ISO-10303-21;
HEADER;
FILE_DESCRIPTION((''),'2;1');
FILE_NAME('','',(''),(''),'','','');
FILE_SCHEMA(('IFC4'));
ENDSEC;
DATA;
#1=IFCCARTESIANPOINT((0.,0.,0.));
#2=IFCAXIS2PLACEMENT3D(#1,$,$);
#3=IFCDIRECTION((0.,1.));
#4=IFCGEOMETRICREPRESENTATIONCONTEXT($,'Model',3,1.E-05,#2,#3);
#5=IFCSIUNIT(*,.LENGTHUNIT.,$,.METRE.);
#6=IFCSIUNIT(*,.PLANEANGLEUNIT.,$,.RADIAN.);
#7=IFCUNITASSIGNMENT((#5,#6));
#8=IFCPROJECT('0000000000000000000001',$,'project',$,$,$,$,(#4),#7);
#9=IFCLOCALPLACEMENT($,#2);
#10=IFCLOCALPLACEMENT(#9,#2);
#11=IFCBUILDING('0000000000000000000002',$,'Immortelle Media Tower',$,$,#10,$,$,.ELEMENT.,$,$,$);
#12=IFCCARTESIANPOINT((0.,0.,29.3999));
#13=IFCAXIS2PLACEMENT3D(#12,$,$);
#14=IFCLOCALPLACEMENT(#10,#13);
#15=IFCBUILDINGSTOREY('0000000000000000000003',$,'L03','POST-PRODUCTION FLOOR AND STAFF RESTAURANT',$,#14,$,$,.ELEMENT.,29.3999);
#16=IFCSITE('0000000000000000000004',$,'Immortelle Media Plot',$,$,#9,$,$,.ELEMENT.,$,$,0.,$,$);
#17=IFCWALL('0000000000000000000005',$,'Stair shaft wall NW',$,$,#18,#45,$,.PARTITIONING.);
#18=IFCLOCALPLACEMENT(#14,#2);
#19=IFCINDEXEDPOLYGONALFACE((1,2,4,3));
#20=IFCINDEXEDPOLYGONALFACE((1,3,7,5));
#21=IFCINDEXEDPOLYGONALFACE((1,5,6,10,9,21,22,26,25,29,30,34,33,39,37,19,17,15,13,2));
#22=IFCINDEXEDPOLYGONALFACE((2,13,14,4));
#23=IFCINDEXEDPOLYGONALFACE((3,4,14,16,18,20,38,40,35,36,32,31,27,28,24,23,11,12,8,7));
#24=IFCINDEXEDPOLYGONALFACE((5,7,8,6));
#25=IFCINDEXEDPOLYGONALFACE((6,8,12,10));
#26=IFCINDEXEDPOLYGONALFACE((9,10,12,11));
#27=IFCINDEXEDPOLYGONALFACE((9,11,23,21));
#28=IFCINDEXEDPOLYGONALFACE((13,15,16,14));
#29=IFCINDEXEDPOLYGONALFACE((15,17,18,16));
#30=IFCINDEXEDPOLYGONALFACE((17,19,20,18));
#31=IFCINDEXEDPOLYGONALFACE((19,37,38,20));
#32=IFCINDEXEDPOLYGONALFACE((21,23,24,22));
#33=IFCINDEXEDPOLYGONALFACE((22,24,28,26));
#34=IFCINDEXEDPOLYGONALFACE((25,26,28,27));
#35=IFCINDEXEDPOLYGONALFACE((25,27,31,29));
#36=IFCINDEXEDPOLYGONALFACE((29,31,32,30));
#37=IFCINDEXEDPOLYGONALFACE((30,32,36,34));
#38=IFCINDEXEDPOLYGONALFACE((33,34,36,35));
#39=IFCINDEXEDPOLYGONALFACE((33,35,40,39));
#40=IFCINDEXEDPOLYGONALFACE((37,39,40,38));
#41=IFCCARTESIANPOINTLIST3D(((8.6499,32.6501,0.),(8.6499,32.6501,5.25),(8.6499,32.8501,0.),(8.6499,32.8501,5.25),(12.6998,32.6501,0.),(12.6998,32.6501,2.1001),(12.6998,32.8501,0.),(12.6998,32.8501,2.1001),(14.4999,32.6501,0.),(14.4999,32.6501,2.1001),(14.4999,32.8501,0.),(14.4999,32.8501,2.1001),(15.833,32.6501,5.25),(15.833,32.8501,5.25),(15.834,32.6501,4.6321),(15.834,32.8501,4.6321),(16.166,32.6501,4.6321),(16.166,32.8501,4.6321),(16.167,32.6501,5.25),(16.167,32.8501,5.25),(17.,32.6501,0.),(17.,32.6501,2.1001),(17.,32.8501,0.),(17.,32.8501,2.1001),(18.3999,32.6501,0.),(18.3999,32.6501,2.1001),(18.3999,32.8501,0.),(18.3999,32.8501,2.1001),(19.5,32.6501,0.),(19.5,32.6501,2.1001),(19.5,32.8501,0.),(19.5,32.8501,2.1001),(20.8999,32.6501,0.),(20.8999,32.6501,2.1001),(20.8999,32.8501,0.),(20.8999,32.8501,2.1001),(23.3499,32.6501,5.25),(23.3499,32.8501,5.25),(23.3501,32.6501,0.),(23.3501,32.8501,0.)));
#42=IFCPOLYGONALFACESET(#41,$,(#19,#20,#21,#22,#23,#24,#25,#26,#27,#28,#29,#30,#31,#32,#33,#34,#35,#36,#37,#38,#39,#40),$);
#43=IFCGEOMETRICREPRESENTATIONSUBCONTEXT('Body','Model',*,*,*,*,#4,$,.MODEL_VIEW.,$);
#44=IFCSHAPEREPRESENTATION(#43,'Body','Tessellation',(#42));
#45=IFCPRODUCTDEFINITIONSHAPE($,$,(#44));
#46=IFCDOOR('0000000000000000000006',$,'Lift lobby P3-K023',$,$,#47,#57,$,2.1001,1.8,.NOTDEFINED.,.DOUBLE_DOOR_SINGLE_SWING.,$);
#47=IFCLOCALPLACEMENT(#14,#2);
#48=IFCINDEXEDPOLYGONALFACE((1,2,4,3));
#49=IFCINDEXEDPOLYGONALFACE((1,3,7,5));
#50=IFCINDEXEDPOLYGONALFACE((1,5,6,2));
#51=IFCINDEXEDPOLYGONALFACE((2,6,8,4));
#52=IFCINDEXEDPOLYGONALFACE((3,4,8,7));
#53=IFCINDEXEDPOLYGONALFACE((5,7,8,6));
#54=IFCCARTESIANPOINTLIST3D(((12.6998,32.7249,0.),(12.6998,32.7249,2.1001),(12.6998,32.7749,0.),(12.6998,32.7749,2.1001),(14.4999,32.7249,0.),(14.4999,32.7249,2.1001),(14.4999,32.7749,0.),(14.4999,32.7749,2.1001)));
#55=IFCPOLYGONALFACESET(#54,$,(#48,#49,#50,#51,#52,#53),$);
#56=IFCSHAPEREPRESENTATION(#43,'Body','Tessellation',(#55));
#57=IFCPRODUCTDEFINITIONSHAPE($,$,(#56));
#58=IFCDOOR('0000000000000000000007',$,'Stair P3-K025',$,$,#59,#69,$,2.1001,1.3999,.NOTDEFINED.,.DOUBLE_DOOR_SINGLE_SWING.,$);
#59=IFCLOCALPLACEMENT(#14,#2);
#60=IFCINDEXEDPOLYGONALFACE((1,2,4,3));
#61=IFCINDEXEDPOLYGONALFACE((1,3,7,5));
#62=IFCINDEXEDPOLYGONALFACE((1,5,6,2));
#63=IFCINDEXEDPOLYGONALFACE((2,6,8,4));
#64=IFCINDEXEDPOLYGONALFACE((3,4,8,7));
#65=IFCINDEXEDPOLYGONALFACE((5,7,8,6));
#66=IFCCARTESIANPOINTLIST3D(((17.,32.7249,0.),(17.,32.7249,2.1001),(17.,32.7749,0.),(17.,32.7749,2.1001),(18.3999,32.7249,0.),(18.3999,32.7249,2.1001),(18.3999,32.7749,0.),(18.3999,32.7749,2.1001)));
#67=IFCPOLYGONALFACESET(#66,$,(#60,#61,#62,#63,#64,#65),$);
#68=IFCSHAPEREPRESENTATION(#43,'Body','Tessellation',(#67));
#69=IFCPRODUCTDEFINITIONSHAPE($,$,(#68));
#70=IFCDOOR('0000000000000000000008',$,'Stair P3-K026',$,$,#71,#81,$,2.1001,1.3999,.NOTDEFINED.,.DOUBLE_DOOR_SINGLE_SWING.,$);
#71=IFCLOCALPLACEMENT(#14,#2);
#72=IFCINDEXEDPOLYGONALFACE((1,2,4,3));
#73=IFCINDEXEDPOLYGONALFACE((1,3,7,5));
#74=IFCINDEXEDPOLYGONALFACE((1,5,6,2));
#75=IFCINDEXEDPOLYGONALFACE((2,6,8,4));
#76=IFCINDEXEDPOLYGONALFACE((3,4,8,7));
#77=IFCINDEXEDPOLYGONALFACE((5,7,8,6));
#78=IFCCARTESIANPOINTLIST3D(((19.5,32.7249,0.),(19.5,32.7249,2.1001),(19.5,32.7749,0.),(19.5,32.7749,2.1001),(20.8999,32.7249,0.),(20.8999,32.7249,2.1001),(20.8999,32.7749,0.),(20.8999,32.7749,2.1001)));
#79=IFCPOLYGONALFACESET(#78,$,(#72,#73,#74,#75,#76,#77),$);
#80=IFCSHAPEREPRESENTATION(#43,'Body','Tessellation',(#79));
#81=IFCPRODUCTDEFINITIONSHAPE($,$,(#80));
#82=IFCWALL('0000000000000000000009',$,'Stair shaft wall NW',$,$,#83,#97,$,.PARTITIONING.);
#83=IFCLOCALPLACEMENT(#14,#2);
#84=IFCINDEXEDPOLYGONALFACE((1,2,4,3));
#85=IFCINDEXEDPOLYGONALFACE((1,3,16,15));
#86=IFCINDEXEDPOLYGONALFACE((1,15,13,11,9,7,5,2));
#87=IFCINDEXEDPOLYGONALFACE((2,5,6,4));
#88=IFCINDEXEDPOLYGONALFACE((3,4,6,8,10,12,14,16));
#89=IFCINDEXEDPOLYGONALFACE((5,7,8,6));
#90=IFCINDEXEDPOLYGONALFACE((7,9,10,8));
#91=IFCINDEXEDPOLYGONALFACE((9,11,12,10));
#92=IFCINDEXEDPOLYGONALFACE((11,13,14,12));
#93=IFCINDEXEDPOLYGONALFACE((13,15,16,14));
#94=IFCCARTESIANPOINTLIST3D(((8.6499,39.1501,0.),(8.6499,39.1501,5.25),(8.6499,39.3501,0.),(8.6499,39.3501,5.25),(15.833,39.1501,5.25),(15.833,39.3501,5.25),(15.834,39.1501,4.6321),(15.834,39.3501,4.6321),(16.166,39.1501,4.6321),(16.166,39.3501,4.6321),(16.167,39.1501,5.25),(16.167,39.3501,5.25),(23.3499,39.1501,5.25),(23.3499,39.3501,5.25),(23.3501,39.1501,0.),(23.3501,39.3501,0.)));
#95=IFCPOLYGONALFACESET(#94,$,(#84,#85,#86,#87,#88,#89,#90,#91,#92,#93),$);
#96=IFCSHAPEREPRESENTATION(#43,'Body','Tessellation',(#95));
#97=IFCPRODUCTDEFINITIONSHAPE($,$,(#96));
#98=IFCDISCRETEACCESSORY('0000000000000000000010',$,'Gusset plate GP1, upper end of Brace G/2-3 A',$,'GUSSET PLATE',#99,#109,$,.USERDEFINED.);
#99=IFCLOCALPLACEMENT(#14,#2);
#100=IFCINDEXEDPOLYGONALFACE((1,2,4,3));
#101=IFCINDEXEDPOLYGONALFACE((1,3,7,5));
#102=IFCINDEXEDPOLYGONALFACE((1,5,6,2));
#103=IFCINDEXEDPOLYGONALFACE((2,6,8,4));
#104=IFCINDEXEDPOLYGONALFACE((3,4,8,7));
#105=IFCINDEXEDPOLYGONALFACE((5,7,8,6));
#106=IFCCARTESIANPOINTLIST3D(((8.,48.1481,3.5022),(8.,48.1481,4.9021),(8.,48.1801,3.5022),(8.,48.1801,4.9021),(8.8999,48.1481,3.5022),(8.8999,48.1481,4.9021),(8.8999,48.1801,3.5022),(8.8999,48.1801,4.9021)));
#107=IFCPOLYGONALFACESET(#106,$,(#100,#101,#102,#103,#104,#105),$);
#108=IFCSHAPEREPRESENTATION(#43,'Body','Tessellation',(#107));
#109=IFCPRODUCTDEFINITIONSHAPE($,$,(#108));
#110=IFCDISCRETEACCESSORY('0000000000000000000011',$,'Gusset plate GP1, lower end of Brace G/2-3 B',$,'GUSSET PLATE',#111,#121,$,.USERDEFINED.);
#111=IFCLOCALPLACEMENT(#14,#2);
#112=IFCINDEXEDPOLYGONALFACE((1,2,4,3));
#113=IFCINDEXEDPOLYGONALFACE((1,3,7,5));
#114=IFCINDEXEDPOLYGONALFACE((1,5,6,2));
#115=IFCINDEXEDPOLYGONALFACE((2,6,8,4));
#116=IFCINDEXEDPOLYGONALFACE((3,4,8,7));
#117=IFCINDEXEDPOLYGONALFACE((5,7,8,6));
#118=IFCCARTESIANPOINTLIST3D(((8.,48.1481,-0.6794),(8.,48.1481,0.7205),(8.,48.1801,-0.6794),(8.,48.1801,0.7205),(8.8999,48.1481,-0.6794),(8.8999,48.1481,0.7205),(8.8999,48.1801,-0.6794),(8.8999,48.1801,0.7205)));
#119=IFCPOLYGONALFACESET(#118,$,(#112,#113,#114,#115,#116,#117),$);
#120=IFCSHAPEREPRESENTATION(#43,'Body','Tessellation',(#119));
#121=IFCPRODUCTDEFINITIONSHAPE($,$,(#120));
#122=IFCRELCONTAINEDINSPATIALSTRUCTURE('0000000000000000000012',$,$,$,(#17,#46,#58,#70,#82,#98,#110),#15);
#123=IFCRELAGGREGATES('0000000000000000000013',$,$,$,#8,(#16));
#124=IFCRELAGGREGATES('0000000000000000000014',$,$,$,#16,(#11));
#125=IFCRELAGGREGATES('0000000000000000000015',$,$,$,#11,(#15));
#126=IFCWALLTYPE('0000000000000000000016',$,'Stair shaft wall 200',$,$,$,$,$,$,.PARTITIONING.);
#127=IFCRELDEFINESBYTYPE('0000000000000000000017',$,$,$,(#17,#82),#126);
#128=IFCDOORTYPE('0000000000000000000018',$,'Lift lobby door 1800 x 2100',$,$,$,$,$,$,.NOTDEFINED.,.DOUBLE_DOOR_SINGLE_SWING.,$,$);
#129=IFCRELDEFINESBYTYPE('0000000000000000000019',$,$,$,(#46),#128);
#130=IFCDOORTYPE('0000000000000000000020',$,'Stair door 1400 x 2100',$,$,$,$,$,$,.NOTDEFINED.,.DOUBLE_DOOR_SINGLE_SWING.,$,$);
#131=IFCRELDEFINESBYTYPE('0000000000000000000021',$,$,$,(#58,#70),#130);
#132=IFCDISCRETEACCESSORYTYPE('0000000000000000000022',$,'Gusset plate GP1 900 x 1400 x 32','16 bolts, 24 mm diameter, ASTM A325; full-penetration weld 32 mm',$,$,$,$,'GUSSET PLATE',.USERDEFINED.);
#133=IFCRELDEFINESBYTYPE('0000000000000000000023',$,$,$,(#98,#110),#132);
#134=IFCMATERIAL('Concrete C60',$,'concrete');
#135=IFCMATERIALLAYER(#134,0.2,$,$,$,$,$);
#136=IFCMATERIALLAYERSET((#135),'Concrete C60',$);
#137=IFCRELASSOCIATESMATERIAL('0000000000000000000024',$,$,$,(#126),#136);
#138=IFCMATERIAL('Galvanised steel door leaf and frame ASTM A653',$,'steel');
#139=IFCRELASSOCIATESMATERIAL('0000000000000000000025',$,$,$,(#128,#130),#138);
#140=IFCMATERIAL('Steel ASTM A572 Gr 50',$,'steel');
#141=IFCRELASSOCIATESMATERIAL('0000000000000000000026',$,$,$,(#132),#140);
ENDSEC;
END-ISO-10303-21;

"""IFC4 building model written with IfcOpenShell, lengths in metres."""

from ifc_helpers import new_model, si_unit, direction, frame, frame_2d, origin, origin_2d, place, context, subcontext, project, spatial, polyline, rectangle, outline, extrude, material, layer, layer_set, material_profile, profile_set, type_object, element, fill, save


model = new_model("IFC4")

# Units and contexts
model_context = context("Model", 3, precision=1e-05, world=origin(), true_north=direction((0.0, 1.0)))
body_context = subcontext(model_context, "Body", "Model", "MODEL_VIEW")
ifc_project = project(units=[si_unit("LENGTHUNIT", "METRE"), si_unit("PLANEANGLEUNIT", "RADIAN")], contexts=[model_context])

# Site, building, storey
site_placement = place(None, origin())
site = spatial("IfcSite", under=ifc_project, at=site_placement, Name="Immortelle Media Plot", CompositionType="ELEMENT", RefElevation=0.0)
building_placement = place(site_placement, origin())
building = spatial("IfcBuilding", under=site, at=building_placement, Name="Immortelle Media Tower", CompositionType="ELEMENT")
storey_placement = place(building_placement, frame((0.0, 0.0, 29.3999)))
storey = spatial("IfcBuildingStorey", under=building, at=storey_placement, Name="L03", Description="POST-PRODUCTION FLOOR AND STAFF RESTAURANT", CompositionType="ELEMENT", Elevation=29.3999)

# Wall, openings, doors
ifc_material_1 = material(Name="Concrete C60", Category="concrete")
ifc_layer_1 = layer(ifc_material_1, 0.2)
ifc_layer_set_1 = layer_set([ifc_layer_1], Name="Concrete C60")
wall_type_1 = type_object("IfcWallType", Name="Stair shaft wall 200", PredefinedType="PARTITIONING", material=ifc_layer_set_1)
wall_1_placement = place(storey_placement, frame((8.6499, 32.75, 0.0), z_axis=(0.0, 0.0, 1.0), x_axis=(1.0, 0.0, 0.0)))
wall_1 = element("IfcWall", 1, at=wall_1_placement, inside=storey, type_object=wall_type_1, Name="Stair shaft wall NW", PredefinedType="PARTITIONING", context=body_context, shape_type="SweptSolid", body=[
    extrude(outline(polyline([(0.0, 0.0), (14.7002, 0.0), (14.7, 5.25), (7.5171, 5.25), (7.5161, 4.6321), (7.1841, 4.6321), (7.1831, 5.25), (0.0, 5.25), (0.0, 0.0)])), frame((0.0, 0.1001, 0.0), z_axis=(0.0, -1.0, 0.0), x_axis=(1.0, 0.0, 0.0)), (0.0, 0.0, 1.0), 0.2),
])
opening_1_placement = place(wall_1_placement, frame((4.05, 0.0, 0.0)))
opening_1 = element("IfcOpeningElement", 2, at=opening_1_placement, cuts=wall_1, PredefinedType="OPENING", context=body_context, shape_type="SweptSolid", body=[
    extrude(rectangle(XDim=1.8, YDim=2.1001, at=frame_2d((0.8999, 1.05))), frame((0.0, 0.1099, 0.0), z_axis=(0.0, -1.0, 0.0), x_axis=(1.0, 0.0, 0.0)), (0.0, 0.0, 1.0), 0.22),
])
opening_2_placement = place(wall_1_placement, frame((8.3501, 0.0, 0.0)))
opening_2 = element("IfcOpeningElement", 3, at=opening_2_placement, cuts=wall_1, PredefinedType="OPENING", context=body_context, shape_type="SweptSolid", body=[
    extrude(rectangle(XDim=1.3999, YDim=2.1001, at=frame_2d((0.7, 1.05))), frame((0.0, 0.1099, 0.0), z_axis=(0.0, -1.0, 0.0), x_axis=(1.0, 0.0, 0.0)), (0.0, 0.0, 1.0), 0.22),
])
opening_3_placement = place(wall_1_placement, frame((10.8501, 0.0, 0.0)))
opening_3 = element("IfcOpeningElement", 4, at=opening_3_placement, cuts=wall_1, PredefinedType="OPENING", context=body_context, shape_type="SweptSolid", body=[
    extrude(rectangle(XDim=1.3999, YDim=2.1001, at=frame_2d((0.7, 1.05))), frame((0.0, 0.1099, 0.0), z_axis=(0.0, -1.0, 0.0), x_axis=(1.0, 0.0, 0.0)), (0.0, 0.0, 1.0), 0.22),
])
ifc_material_2 = material(Name="Galvanised steel door leaf and frame ASTM A653", Category="steel")
door_type_1 = type_object("IfcDoorType", Name="Lift lobby door 1800 x 2100", OperationType="DOUBLE_DOOR_SINGLE_SWING", PredefinedType="NOTDEFINED", material=ifc_material_2)
door_1_placement = place(opening_1_placement, origin())
door_1 = element("IfcDoor", 5, at=door_1_placement, inside=storey, type_object=door_type_1, Name="Lift lobby P3-K023", OperationType="DOUBLE_DOOR_SINGLE_SWING", OverallHeight=2.1001, OverallWidth=1.8, PredefinedType="NOTDEFINED", context=body_context, shape_type="SweptSolid", body=[
    extrude(rectangle(XDim=1.8, YDim=2.1001, at=frame_2d((0.8999, 1.05))), frame((0.0, 0.0249, 0.0), z_axis=(0.0, -1.0, 0.0), x_axis=(1.0, 0.0, 0.0)), (0.0, 0.0, 1.0), 0.05),
])
fill(opening_1, door_1)
door_type_2 = type_object("IfcDoorType", Name="Stair door 1400 x 2100", OperationType="DOUBLE_DOOR_SINGLE_SWING", PredefinedType="NOTDEFINED", material=ifc_material_2)
door_2_placement = place(opening_2_placement, origin())
door_2 = element("IfcDoor", 6, at=door_2_placement, inside=storey, type_object=door_type_2, Name="Stair P3-K025", OperationType="DOUBLE_DOOR_SINGLE_SWING", OverallHeight=2.1001, OverallWidth=1.3999, PredefinedType="NOTDEFINED", context=body_context, shape_type="SweptSolid", body=[
    extrude(rectangle(XDim=1.3999, YDim=2.1001, at=frame_2d((0.7, 1.05))), frame((0.0, 0.0249, 0.0), z_axis=(0.0, -1.0, 0.0), x_axis=(1.0, 0.0, 0.0)), (0.0, 0.0, 1.0), 0.05),
])
fill(opening_2, door_2)
door_3_placement = place(opening_3_placement, origin())
door_3 = element("IfcDoor", 7, at=door_3_placement, inside=storey, type_object=door_type_2, Name="Stair P3-K026", OperationType="DOUBLE_DOOR_SINGLE_SWING", OverallHeight=2.1001, OverallWidth=1.3999, PredefinedType="NOTDEFINED", context=body_context, shape_type="SweptSolid", body=[
    extrude(rectangle(XDim=1.3999, YDim=2.1001, at=frame_2d((0.7, 1.05))), frame((0.0, 0.0249, 0.0), z_axis=(0.0, -1.0, 0.0), x_axis=(1.0, 0.0, 0.0)), (0.0, 0.0, 1.0), 0.05),
])
fill(opening_3, door_3)

# Wall
wall_2_placement = place(storey_placement, frame((8.6499, 39.25, 0.0), z_axis=(0.0, 0.0, 1.0), x_axis=(1.0, 0.0, 0.0)))
element("IfcWall", 8, at=wall_2_placement, inside=storey, type_object=wall_type_1, Name="Stair shaft wall NW", PredefinedType="PARTITIONING", context=body_context, shape_type="SweptSolid", body=[
    extrude(outline(polyline([(0.0, 0.0), (14.7002, 0.0), (14.7, 5.25), (7.5171, 5.25), (7.5161, 4.6321), (7.1841, 4.6321), (7.1831, 5.25), (0.0, 5.25), (0.0, 0.0)])), frame((0.0, 0.1001, 0.0), z_axis=(0.0, -1.0, 0.0), x_axis=(1.0, 0.0, 0.0)), (0.0, 0.0, 1.0), 0.2),
])

# Discrete accessories
ifc_material_3 = material(Name="Steel ASTM A572 Gr 50", Category="steel")
ifc_material_profile_1 = material_profile(ifc_material_3, rectangle(XDim=0.032, YDim=1.3999, at=origin_2d()), Name="PL 32 x 1400")
ifc_profile_set_1 = profile_set([ifc_material_profile_1], Name="Steel ASTM A572 Gr 50")
discrete_accessory_type = type_object("IfcDiscreteAccessoryType", Name="Gusset plate GP1 900 x 1400 x 32", Description="16 bolts, 24 mm diameter, ASTM A325; full-penetration weld 32 mm", ElementType="GUSSET PLATE", PredefinedType="USERDEFINED", material=ifc_profile_set_1)
for number, where, z_axis, x_axis, name in (
    (9, (8.0, 48.1641, 4.2021), (1.0, 0.0, 0.0), (0.0, 1.0, 0.0), "Gusset plate GP1, upper end of Brace G/2-3 A"),
    (10, (8.0, 48.1641, 0.0205), (1.0, 0.0, 0.0), (0.0, 1.0, 0.0), "Gusset plate GP1, lower end of Brace G/2-3 B"),
):
    element("IfcDiscreteAccessory", number, at=place(storey_placement, frame(where, z_axis=z_axis, x_axis=x_axis)), inside=storey, type_object=discrete_accessory_type, Name=name, ObjectType="GUSSET PLATE", PredefinedType="USERDEFINED", context=body_context, shape_type="SweptSolid", body=[
        extrude(rectangle(XDim=0.032, YDim=1.3999, at=origin_2d()), origin(), (0.0, 0.0, 1.0), 0.8999),
    ])

save(model, "model.ifc")
